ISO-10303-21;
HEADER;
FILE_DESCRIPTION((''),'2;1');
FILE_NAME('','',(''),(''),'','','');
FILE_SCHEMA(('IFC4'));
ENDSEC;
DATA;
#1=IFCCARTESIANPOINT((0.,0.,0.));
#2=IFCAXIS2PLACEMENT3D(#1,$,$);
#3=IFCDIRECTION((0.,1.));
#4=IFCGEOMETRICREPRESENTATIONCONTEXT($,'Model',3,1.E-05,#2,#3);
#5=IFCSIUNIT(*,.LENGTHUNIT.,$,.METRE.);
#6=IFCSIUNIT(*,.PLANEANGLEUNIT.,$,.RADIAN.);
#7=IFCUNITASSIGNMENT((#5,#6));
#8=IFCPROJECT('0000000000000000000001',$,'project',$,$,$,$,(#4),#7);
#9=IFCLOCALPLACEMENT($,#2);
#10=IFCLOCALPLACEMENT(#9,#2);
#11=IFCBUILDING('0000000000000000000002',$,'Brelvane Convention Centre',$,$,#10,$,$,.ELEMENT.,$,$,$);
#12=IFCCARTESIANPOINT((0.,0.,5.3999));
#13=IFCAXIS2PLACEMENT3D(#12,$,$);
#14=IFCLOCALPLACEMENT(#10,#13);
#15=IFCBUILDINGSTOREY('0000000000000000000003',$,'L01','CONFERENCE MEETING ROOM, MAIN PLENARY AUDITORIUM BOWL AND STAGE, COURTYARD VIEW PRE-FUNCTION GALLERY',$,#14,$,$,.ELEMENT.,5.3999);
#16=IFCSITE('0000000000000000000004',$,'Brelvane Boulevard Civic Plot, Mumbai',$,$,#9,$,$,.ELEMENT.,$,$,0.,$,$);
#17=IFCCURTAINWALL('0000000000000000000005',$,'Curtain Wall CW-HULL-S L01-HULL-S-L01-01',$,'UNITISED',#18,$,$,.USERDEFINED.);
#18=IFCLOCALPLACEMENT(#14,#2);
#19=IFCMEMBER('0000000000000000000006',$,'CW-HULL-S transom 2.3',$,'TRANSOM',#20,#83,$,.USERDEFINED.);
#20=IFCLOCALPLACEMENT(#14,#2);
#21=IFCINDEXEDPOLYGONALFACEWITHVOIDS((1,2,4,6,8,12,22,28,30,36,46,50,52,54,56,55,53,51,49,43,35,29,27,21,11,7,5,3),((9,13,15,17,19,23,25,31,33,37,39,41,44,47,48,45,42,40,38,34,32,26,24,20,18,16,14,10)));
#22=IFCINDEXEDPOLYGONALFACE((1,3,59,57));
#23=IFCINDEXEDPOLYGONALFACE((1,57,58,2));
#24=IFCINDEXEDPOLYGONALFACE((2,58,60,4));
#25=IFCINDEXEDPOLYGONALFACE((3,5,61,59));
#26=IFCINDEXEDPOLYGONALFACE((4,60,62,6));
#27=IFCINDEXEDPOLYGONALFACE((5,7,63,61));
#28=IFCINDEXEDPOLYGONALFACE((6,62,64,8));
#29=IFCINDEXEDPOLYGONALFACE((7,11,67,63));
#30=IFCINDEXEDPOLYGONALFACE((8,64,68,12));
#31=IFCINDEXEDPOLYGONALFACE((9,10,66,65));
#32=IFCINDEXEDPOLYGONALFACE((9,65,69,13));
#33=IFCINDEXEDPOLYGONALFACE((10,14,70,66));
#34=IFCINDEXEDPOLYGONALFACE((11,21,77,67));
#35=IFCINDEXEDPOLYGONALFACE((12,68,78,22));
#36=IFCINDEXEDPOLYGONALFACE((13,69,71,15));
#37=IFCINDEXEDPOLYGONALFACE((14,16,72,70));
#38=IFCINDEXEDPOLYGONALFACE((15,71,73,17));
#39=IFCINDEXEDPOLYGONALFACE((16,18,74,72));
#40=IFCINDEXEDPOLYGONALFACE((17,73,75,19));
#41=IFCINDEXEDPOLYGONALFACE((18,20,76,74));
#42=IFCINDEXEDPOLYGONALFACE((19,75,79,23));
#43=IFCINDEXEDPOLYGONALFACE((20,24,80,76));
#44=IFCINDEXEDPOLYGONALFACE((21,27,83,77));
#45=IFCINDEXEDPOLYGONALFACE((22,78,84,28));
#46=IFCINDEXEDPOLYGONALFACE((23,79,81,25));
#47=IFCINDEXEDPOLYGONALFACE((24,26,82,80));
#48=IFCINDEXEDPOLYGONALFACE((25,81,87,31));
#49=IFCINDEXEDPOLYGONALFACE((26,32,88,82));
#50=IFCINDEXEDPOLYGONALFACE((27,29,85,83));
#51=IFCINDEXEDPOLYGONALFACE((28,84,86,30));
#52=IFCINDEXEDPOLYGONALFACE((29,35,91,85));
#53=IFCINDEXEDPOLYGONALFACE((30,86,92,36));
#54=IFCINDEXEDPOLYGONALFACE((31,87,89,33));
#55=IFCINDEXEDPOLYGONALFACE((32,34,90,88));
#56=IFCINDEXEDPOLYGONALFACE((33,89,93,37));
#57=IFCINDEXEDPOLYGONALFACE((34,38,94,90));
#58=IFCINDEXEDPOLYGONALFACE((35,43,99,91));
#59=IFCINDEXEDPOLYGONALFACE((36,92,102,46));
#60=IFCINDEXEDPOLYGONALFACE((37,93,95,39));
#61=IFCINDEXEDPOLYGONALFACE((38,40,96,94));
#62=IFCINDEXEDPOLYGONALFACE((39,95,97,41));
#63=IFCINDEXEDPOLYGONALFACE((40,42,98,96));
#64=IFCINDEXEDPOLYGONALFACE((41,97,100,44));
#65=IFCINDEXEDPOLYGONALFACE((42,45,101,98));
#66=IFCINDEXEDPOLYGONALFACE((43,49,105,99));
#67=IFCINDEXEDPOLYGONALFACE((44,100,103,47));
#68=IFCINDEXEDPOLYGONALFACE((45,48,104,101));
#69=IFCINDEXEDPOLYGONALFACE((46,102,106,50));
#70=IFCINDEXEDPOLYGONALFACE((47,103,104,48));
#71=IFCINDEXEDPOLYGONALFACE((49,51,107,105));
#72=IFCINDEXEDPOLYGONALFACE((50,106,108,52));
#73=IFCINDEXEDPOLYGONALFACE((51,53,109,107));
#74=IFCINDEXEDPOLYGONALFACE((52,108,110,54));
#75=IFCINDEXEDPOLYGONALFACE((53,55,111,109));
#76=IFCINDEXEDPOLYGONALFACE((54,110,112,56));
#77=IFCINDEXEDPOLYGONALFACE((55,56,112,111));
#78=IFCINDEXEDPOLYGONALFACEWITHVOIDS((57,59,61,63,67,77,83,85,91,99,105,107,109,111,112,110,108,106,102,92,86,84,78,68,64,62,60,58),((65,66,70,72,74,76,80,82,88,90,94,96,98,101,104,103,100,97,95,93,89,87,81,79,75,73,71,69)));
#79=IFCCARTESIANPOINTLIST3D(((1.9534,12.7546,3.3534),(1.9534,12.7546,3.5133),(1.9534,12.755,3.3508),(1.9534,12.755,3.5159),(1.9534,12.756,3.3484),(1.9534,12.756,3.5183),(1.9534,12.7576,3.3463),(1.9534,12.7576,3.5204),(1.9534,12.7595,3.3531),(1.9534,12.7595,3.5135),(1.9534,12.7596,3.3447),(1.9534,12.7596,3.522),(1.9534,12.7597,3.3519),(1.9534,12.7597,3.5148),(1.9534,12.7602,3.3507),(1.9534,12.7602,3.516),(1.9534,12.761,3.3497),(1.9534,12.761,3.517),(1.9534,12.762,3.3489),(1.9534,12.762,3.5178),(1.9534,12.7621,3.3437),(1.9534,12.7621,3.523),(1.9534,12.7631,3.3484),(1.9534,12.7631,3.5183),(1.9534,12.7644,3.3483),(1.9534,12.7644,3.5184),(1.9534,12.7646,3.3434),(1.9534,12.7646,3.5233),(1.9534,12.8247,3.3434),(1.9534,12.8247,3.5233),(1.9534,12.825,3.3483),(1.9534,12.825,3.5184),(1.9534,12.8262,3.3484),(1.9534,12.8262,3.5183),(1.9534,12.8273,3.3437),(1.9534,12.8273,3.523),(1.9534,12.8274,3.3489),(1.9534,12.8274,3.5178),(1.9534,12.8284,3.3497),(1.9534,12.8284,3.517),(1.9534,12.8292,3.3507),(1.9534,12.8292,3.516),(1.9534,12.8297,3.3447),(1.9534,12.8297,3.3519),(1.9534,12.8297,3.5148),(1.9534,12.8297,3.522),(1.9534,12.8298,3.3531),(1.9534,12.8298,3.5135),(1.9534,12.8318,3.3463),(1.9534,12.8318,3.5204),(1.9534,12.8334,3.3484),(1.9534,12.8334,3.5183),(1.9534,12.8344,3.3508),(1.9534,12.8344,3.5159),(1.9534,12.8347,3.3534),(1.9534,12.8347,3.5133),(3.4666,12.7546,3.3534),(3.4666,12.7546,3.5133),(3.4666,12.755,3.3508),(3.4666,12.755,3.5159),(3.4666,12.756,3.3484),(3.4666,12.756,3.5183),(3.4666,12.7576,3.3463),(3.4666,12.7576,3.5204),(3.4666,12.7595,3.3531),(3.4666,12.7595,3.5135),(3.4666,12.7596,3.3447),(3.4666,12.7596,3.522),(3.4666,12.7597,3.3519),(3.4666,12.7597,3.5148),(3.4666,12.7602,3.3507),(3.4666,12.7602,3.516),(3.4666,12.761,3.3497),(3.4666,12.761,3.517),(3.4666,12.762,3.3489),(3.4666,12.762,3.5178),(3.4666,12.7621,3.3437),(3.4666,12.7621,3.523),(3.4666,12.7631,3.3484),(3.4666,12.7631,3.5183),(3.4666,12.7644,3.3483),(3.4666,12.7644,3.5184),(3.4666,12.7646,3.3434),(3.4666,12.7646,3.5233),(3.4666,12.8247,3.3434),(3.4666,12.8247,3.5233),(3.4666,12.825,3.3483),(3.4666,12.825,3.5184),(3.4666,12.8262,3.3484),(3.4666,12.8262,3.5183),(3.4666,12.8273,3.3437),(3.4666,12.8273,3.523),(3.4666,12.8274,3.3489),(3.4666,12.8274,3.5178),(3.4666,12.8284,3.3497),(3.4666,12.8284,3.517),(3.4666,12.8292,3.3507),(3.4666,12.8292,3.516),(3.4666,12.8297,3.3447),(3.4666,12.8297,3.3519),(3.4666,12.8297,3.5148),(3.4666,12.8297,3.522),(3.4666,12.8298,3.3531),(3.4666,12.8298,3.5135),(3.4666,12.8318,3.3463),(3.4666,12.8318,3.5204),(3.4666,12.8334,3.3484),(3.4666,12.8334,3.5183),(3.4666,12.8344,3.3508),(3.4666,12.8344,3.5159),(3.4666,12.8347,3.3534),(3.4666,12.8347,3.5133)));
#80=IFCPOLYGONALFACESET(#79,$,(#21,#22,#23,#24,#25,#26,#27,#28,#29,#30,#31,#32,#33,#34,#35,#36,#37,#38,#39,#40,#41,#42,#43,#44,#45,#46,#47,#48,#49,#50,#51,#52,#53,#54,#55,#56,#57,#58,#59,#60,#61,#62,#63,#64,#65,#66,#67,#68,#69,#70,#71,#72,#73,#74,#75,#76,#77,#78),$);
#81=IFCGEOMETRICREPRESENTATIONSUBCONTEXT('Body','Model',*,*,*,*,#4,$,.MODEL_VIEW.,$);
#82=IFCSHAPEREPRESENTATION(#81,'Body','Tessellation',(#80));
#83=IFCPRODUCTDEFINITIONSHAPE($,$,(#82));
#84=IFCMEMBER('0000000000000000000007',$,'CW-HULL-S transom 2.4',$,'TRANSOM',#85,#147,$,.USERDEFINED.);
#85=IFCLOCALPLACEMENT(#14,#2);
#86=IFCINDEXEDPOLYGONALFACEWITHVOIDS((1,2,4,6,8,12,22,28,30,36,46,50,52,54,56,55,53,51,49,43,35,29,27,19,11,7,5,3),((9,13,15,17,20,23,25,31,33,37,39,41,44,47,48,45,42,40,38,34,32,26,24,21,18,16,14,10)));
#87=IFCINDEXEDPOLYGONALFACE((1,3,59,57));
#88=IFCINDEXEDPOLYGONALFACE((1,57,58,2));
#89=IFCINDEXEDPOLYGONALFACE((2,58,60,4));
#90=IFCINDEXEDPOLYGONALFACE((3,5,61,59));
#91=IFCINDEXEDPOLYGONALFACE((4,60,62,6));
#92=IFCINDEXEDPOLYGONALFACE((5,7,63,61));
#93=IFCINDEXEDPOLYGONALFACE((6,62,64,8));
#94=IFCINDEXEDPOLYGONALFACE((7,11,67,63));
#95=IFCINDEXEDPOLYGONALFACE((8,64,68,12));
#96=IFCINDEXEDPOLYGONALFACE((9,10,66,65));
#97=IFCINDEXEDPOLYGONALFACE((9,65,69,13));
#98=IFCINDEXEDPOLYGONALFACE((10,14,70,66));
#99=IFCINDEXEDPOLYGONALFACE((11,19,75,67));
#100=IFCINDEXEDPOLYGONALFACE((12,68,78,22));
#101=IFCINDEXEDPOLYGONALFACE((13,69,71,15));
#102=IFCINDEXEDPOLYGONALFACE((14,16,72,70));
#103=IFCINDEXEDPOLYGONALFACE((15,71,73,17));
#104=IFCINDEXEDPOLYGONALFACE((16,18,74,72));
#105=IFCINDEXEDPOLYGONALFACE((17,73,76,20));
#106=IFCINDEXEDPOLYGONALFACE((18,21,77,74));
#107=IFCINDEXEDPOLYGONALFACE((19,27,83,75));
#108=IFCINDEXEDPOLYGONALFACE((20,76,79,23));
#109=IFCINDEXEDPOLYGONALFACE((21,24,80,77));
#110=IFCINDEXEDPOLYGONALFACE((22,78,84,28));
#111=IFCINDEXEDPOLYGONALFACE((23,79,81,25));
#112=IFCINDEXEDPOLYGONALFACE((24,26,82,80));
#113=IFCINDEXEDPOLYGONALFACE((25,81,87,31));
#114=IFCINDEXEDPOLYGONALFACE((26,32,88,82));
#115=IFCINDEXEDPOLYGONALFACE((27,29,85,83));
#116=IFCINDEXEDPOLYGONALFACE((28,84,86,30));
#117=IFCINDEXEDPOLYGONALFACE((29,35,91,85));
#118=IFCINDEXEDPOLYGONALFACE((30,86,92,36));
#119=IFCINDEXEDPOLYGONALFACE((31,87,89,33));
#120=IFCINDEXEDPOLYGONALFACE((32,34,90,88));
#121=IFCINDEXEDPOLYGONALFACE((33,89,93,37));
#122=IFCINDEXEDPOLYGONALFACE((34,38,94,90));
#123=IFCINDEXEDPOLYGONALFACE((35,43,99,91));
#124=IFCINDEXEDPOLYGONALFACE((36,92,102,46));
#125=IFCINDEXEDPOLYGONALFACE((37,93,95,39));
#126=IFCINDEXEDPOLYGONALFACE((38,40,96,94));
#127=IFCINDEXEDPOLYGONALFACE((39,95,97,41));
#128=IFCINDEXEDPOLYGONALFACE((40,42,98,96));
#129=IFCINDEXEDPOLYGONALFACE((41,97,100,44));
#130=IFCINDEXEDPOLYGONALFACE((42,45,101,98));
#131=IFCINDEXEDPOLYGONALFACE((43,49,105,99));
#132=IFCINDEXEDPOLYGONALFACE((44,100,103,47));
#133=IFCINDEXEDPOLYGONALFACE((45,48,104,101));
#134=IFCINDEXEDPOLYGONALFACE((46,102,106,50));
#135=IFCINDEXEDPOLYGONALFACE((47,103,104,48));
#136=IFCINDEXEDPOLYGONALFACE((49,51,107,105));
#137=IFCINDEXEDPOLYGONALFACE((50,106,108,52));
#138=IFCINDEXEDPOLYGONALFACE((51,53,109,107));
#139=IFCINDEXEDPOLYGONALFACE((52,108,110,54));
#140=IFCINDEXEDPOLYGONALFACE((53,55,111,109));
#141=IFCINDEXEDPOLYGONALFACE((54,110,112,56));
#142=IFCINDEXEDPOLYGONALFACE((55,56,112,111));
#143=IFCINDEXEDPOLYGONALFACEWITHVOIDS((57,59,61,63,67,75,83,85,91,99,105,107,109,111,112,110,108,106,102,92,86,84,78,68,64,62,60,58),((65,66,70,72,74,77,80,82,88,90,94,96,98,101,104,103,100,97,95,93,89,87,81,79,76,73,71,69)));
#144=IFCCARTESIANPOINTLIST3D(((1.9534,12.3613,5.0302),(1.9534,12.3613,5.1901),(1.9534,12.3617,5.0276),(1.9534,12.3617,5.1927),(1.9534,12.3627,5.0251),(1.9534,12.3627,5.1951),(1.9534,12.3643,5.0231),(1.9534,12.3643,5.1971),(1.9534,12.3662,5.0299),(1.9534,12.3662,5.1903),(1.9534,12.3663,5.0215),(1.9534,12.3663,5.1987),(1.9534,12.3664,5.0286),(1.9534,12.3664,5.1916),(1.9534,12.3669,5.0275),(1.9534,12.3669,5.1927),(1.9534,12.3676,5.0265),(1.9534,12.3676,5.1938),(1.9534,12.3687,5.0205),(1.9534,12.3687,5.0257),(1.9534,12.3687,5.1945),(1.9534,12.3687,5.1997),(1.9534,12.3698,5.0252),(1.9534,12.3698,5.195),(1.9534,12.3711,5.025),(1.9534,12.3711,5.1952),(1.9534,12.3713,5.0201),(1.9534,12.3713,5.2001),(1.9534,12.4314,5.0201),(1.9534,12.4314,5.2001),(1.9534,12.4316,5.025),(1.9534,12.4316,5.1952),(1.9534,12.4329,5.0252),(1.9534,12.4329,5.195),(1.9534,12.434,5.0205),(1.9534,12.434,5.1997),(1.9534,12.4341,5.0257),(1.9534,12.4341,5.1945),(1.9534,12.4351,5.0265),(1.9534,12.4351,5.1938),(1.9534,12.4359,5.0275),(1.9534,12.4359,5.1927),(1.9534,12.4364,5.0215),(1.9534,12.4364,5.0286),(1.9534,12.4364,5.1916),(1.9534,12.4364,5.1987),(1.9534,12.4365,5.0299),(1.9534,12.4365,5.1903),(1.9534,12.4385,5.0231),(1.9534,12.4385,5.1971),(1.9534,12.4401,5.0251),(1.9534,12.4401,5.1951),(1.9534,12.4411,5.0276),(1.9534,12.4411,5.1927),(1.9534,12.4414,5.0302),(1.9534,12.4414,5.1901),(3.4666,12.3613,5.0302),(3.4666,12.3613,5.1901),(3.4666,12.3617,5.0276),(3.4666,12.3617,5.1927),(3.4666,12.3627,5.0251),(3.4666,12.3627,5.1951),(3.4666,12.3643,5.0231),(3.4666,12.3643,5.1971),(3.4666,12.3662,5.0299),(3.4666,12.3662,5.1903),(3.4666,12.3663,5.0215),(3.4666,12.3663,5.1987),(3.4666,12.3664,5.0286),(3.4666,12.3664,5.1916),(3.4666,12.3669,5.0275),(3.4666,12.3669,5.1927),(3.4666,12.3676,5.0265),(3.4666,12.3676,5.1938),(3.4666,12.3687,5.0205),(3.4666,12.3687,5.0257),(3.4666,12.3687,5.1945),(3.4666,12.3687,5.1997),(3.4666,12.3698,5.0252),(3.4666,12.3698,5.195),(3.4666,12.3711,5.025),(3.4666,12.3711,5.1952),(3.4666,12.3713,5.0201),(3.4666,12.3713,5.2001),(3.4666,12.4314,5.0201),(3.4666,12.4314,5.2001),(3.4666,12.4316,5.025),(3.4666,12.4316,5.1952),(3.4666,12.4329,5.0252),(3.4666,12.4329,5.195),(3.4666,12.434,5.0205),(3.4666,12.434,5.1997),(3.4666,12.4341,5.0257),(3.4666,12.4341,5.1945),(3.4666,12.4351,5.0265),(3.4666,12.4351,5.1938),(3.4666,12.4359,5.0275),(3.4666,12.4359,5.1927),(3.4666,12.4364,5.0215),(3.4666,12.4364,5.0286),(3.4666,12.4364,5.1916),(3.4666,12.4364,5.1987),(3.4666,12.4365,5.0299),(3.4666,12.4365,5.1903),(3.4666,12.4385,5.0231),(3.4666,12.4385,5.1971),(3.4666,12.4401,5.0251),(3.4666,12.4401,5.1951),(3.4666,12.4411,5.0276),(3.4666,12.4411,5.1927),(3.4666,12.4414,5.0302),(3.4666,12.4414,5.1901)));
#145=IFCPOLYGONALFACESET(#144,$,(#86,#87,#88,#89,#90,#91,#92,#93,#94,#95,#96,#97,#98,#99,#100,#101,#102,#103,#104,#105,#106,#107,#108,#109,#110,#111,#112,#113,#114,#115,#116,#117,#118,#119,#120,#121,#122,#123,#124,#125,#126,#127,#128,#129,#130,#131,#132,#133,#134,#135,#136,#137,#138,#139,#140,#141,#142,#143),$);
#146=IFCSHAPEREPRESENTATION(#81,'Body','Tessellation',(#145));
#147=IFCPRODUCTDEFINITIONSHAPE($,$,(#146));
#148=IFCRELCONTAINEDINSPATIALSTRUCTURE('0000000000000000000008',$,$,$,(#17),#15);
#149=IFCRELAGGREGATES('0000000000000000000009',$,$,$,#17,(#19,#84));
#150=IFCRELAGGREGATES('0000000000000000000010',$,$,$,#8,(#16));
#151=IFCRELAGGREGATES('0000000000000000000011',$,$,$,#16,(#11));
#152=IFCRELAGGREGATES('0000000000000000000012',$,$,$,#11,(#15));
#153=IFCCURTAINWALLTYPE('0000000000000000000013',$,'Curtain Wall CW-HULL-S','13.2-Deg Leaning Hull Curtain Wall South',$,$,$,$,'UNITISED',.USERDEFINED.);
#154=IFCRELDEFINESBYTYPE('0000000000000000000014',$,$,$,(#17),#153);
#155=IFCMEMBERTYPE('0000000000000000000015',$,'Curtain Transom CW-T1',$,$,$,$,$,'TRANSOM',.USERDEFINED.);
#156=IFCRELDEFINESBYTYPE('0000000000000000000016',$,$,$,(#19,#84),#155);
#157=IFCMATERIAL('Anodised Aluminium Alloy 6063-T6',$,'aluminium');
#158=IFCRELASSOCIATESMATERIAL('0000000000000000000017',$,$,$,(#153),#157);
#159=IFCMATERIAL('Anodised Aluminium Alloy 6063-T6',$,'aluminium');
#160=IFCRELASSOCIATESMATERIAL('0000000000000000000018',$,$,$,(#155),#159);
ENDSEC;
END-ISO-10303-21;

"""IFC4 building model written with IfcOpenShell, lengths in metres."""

from ifc_helpers import new_model, si_unit, direction, frame, origin, origin_2d, place, context, subcontext, project, spatial, hollow_rectangle, extrude, material, material_profile, profile_set, type_object, element, aggregate, save


model = new_model("IFC4")

# Units and contexts
model_context = context("Model", 3, precision=1e-05, world=origin(), true_north=direction((0.0, 1.0)))
body_context = subcontext(model_context, "Body", "Model", "MODEL_VIEW")
ifc_project = project(units=[si_unit("LENGTHUNIT", "METRE"), si_unit("PLANEANGLEUNIT", "RADIAN")], contexts=[model_context])

# Site, building, storey
site_placement = place(None, origin())
site = spatial("IfcSite", under=ifc_project, at=site_placement, Name="Brelvane Boulevard Civic Plot, Mumbai", CompositionType="ELEMENT", RefElevation=0.0)
building_placement = place(site_placement, origin())
building = spatial("IfcBuilding", under=site, at=building_placement, Name="Brelvane Convention Centre", CompositionType="ELEMENT")
storey_placement = place(building_placement, frame((0.0, 0.0, 5.3999)))
storey = spatial("IfcBuildingStorey", under=building, at=storey_placement, Name="L01", Description="CONFERENCE MEETING ROOM, MAIN PLENARY AUDITORIUM BOWL AND STAGE, COURTYARD VIEW PRE-FUNCTION GALLERY", CompositionType="ELEMENT", Elevation=5.3999)

# Curtain wall, members
ifc_material_1 = material(Name="Anodised Aluminium Alloy 6063-T6", Category="aluminium")
curtain_wall_type = type_object("IfcCurtainWallType", Name="Curtain Wall CW-HULL-S", Description="13.2-Deg Leaning Hull Curtain Wall South", ElementType="UNITISED", PredefinedType="USERDEFINED", material=ifc_material_1)
curtain_wall_placement = place(storey_placement, origin())
curtain_wall = element("IfcCurtainWall", 1, at=curtain_wall_placement, inside=storey, type_object=curtain_wall_type, Name="Curtain Wall CW-HULL-S L01-HULL-S-L01-01", ObjectType="UNITISED", PredefinedType="USERDEFINED")
ifc_material_2 = material(Name="Anodised Aluminium Alloy 6063-T6", Category="aluminium")
ifc_material_profile = material_profile(ifc_material_2, hollow_rectangle(XDim=0.0801, YDim=0.1799, WallThickness=0.0049, InnerFilletRadius=0.0049, OuterFilletRadius=0.01, at=origin_2d()), Name="ALU-T 180x80x5.0")
ifc_profile_set = profile_set([ifc_material_profile], Name="Anodised Aluminium Alloy 6063-T6")
member_type = type_object("IfcMemberType", Name="Curtain Transom CW-T1", ElementType="TRANSOM", PredefinedType="USERDEFINED", material=ifc_profile_set)
member_1_placement = place(storey_placement, frame((1.9534, 12.7947, 3.4333), z_axis=(1.0, 0.0, 0.0), x_axis=(0.0, 1.0, 0.0)))
member_1 = element("IfcMember", 2, at=member_1_placement, type_object=member_type, Name="CW-HULL-S transom 2.3", ObjectType="TRANSOM", PredefinedType="USERDEFINED", context=body_context, shape_type="SweptSolid", body=[
    extrude(hollow_rectangle(XDim=0.0801, YDim=0.1799, WallThickness=0.0049, InnerFilletRadius=0.0049, OuterFilletRadius=0.01, at=origin_2d()), origin(), (0.0, 0.0, 1.0), 1.5132),
])
member_2_placement = place(storey_placement, frame((1.9534, 12.4014, 5.1101), z_axis=(1.0, 0.0, 0.0), x_axis=(0.0, 1.0, 0.0)))
member_2 = element("IfcMember", 3, at=member_2_placement, type_object=member_type, Name="CW-HULL-S transom 2.4", ObjectType="TRANSOM", PredefinedType="USERDEFINED", context=body_context, shape_type="SweptSolid", body=[
    extrude(hollow_rectangle(XDim=0.0801, YDim=0.1799, WallThickness=0.0049, InnerFilletRadius=0.0049, OuterFilletRadius=0.01, at=origin_2d()), origin(), (0.0, 0.0, 1.0), 1.5132),
])
aggregate(curtain_wall, [member_1, member_2])

save(model, "model.ifc")
